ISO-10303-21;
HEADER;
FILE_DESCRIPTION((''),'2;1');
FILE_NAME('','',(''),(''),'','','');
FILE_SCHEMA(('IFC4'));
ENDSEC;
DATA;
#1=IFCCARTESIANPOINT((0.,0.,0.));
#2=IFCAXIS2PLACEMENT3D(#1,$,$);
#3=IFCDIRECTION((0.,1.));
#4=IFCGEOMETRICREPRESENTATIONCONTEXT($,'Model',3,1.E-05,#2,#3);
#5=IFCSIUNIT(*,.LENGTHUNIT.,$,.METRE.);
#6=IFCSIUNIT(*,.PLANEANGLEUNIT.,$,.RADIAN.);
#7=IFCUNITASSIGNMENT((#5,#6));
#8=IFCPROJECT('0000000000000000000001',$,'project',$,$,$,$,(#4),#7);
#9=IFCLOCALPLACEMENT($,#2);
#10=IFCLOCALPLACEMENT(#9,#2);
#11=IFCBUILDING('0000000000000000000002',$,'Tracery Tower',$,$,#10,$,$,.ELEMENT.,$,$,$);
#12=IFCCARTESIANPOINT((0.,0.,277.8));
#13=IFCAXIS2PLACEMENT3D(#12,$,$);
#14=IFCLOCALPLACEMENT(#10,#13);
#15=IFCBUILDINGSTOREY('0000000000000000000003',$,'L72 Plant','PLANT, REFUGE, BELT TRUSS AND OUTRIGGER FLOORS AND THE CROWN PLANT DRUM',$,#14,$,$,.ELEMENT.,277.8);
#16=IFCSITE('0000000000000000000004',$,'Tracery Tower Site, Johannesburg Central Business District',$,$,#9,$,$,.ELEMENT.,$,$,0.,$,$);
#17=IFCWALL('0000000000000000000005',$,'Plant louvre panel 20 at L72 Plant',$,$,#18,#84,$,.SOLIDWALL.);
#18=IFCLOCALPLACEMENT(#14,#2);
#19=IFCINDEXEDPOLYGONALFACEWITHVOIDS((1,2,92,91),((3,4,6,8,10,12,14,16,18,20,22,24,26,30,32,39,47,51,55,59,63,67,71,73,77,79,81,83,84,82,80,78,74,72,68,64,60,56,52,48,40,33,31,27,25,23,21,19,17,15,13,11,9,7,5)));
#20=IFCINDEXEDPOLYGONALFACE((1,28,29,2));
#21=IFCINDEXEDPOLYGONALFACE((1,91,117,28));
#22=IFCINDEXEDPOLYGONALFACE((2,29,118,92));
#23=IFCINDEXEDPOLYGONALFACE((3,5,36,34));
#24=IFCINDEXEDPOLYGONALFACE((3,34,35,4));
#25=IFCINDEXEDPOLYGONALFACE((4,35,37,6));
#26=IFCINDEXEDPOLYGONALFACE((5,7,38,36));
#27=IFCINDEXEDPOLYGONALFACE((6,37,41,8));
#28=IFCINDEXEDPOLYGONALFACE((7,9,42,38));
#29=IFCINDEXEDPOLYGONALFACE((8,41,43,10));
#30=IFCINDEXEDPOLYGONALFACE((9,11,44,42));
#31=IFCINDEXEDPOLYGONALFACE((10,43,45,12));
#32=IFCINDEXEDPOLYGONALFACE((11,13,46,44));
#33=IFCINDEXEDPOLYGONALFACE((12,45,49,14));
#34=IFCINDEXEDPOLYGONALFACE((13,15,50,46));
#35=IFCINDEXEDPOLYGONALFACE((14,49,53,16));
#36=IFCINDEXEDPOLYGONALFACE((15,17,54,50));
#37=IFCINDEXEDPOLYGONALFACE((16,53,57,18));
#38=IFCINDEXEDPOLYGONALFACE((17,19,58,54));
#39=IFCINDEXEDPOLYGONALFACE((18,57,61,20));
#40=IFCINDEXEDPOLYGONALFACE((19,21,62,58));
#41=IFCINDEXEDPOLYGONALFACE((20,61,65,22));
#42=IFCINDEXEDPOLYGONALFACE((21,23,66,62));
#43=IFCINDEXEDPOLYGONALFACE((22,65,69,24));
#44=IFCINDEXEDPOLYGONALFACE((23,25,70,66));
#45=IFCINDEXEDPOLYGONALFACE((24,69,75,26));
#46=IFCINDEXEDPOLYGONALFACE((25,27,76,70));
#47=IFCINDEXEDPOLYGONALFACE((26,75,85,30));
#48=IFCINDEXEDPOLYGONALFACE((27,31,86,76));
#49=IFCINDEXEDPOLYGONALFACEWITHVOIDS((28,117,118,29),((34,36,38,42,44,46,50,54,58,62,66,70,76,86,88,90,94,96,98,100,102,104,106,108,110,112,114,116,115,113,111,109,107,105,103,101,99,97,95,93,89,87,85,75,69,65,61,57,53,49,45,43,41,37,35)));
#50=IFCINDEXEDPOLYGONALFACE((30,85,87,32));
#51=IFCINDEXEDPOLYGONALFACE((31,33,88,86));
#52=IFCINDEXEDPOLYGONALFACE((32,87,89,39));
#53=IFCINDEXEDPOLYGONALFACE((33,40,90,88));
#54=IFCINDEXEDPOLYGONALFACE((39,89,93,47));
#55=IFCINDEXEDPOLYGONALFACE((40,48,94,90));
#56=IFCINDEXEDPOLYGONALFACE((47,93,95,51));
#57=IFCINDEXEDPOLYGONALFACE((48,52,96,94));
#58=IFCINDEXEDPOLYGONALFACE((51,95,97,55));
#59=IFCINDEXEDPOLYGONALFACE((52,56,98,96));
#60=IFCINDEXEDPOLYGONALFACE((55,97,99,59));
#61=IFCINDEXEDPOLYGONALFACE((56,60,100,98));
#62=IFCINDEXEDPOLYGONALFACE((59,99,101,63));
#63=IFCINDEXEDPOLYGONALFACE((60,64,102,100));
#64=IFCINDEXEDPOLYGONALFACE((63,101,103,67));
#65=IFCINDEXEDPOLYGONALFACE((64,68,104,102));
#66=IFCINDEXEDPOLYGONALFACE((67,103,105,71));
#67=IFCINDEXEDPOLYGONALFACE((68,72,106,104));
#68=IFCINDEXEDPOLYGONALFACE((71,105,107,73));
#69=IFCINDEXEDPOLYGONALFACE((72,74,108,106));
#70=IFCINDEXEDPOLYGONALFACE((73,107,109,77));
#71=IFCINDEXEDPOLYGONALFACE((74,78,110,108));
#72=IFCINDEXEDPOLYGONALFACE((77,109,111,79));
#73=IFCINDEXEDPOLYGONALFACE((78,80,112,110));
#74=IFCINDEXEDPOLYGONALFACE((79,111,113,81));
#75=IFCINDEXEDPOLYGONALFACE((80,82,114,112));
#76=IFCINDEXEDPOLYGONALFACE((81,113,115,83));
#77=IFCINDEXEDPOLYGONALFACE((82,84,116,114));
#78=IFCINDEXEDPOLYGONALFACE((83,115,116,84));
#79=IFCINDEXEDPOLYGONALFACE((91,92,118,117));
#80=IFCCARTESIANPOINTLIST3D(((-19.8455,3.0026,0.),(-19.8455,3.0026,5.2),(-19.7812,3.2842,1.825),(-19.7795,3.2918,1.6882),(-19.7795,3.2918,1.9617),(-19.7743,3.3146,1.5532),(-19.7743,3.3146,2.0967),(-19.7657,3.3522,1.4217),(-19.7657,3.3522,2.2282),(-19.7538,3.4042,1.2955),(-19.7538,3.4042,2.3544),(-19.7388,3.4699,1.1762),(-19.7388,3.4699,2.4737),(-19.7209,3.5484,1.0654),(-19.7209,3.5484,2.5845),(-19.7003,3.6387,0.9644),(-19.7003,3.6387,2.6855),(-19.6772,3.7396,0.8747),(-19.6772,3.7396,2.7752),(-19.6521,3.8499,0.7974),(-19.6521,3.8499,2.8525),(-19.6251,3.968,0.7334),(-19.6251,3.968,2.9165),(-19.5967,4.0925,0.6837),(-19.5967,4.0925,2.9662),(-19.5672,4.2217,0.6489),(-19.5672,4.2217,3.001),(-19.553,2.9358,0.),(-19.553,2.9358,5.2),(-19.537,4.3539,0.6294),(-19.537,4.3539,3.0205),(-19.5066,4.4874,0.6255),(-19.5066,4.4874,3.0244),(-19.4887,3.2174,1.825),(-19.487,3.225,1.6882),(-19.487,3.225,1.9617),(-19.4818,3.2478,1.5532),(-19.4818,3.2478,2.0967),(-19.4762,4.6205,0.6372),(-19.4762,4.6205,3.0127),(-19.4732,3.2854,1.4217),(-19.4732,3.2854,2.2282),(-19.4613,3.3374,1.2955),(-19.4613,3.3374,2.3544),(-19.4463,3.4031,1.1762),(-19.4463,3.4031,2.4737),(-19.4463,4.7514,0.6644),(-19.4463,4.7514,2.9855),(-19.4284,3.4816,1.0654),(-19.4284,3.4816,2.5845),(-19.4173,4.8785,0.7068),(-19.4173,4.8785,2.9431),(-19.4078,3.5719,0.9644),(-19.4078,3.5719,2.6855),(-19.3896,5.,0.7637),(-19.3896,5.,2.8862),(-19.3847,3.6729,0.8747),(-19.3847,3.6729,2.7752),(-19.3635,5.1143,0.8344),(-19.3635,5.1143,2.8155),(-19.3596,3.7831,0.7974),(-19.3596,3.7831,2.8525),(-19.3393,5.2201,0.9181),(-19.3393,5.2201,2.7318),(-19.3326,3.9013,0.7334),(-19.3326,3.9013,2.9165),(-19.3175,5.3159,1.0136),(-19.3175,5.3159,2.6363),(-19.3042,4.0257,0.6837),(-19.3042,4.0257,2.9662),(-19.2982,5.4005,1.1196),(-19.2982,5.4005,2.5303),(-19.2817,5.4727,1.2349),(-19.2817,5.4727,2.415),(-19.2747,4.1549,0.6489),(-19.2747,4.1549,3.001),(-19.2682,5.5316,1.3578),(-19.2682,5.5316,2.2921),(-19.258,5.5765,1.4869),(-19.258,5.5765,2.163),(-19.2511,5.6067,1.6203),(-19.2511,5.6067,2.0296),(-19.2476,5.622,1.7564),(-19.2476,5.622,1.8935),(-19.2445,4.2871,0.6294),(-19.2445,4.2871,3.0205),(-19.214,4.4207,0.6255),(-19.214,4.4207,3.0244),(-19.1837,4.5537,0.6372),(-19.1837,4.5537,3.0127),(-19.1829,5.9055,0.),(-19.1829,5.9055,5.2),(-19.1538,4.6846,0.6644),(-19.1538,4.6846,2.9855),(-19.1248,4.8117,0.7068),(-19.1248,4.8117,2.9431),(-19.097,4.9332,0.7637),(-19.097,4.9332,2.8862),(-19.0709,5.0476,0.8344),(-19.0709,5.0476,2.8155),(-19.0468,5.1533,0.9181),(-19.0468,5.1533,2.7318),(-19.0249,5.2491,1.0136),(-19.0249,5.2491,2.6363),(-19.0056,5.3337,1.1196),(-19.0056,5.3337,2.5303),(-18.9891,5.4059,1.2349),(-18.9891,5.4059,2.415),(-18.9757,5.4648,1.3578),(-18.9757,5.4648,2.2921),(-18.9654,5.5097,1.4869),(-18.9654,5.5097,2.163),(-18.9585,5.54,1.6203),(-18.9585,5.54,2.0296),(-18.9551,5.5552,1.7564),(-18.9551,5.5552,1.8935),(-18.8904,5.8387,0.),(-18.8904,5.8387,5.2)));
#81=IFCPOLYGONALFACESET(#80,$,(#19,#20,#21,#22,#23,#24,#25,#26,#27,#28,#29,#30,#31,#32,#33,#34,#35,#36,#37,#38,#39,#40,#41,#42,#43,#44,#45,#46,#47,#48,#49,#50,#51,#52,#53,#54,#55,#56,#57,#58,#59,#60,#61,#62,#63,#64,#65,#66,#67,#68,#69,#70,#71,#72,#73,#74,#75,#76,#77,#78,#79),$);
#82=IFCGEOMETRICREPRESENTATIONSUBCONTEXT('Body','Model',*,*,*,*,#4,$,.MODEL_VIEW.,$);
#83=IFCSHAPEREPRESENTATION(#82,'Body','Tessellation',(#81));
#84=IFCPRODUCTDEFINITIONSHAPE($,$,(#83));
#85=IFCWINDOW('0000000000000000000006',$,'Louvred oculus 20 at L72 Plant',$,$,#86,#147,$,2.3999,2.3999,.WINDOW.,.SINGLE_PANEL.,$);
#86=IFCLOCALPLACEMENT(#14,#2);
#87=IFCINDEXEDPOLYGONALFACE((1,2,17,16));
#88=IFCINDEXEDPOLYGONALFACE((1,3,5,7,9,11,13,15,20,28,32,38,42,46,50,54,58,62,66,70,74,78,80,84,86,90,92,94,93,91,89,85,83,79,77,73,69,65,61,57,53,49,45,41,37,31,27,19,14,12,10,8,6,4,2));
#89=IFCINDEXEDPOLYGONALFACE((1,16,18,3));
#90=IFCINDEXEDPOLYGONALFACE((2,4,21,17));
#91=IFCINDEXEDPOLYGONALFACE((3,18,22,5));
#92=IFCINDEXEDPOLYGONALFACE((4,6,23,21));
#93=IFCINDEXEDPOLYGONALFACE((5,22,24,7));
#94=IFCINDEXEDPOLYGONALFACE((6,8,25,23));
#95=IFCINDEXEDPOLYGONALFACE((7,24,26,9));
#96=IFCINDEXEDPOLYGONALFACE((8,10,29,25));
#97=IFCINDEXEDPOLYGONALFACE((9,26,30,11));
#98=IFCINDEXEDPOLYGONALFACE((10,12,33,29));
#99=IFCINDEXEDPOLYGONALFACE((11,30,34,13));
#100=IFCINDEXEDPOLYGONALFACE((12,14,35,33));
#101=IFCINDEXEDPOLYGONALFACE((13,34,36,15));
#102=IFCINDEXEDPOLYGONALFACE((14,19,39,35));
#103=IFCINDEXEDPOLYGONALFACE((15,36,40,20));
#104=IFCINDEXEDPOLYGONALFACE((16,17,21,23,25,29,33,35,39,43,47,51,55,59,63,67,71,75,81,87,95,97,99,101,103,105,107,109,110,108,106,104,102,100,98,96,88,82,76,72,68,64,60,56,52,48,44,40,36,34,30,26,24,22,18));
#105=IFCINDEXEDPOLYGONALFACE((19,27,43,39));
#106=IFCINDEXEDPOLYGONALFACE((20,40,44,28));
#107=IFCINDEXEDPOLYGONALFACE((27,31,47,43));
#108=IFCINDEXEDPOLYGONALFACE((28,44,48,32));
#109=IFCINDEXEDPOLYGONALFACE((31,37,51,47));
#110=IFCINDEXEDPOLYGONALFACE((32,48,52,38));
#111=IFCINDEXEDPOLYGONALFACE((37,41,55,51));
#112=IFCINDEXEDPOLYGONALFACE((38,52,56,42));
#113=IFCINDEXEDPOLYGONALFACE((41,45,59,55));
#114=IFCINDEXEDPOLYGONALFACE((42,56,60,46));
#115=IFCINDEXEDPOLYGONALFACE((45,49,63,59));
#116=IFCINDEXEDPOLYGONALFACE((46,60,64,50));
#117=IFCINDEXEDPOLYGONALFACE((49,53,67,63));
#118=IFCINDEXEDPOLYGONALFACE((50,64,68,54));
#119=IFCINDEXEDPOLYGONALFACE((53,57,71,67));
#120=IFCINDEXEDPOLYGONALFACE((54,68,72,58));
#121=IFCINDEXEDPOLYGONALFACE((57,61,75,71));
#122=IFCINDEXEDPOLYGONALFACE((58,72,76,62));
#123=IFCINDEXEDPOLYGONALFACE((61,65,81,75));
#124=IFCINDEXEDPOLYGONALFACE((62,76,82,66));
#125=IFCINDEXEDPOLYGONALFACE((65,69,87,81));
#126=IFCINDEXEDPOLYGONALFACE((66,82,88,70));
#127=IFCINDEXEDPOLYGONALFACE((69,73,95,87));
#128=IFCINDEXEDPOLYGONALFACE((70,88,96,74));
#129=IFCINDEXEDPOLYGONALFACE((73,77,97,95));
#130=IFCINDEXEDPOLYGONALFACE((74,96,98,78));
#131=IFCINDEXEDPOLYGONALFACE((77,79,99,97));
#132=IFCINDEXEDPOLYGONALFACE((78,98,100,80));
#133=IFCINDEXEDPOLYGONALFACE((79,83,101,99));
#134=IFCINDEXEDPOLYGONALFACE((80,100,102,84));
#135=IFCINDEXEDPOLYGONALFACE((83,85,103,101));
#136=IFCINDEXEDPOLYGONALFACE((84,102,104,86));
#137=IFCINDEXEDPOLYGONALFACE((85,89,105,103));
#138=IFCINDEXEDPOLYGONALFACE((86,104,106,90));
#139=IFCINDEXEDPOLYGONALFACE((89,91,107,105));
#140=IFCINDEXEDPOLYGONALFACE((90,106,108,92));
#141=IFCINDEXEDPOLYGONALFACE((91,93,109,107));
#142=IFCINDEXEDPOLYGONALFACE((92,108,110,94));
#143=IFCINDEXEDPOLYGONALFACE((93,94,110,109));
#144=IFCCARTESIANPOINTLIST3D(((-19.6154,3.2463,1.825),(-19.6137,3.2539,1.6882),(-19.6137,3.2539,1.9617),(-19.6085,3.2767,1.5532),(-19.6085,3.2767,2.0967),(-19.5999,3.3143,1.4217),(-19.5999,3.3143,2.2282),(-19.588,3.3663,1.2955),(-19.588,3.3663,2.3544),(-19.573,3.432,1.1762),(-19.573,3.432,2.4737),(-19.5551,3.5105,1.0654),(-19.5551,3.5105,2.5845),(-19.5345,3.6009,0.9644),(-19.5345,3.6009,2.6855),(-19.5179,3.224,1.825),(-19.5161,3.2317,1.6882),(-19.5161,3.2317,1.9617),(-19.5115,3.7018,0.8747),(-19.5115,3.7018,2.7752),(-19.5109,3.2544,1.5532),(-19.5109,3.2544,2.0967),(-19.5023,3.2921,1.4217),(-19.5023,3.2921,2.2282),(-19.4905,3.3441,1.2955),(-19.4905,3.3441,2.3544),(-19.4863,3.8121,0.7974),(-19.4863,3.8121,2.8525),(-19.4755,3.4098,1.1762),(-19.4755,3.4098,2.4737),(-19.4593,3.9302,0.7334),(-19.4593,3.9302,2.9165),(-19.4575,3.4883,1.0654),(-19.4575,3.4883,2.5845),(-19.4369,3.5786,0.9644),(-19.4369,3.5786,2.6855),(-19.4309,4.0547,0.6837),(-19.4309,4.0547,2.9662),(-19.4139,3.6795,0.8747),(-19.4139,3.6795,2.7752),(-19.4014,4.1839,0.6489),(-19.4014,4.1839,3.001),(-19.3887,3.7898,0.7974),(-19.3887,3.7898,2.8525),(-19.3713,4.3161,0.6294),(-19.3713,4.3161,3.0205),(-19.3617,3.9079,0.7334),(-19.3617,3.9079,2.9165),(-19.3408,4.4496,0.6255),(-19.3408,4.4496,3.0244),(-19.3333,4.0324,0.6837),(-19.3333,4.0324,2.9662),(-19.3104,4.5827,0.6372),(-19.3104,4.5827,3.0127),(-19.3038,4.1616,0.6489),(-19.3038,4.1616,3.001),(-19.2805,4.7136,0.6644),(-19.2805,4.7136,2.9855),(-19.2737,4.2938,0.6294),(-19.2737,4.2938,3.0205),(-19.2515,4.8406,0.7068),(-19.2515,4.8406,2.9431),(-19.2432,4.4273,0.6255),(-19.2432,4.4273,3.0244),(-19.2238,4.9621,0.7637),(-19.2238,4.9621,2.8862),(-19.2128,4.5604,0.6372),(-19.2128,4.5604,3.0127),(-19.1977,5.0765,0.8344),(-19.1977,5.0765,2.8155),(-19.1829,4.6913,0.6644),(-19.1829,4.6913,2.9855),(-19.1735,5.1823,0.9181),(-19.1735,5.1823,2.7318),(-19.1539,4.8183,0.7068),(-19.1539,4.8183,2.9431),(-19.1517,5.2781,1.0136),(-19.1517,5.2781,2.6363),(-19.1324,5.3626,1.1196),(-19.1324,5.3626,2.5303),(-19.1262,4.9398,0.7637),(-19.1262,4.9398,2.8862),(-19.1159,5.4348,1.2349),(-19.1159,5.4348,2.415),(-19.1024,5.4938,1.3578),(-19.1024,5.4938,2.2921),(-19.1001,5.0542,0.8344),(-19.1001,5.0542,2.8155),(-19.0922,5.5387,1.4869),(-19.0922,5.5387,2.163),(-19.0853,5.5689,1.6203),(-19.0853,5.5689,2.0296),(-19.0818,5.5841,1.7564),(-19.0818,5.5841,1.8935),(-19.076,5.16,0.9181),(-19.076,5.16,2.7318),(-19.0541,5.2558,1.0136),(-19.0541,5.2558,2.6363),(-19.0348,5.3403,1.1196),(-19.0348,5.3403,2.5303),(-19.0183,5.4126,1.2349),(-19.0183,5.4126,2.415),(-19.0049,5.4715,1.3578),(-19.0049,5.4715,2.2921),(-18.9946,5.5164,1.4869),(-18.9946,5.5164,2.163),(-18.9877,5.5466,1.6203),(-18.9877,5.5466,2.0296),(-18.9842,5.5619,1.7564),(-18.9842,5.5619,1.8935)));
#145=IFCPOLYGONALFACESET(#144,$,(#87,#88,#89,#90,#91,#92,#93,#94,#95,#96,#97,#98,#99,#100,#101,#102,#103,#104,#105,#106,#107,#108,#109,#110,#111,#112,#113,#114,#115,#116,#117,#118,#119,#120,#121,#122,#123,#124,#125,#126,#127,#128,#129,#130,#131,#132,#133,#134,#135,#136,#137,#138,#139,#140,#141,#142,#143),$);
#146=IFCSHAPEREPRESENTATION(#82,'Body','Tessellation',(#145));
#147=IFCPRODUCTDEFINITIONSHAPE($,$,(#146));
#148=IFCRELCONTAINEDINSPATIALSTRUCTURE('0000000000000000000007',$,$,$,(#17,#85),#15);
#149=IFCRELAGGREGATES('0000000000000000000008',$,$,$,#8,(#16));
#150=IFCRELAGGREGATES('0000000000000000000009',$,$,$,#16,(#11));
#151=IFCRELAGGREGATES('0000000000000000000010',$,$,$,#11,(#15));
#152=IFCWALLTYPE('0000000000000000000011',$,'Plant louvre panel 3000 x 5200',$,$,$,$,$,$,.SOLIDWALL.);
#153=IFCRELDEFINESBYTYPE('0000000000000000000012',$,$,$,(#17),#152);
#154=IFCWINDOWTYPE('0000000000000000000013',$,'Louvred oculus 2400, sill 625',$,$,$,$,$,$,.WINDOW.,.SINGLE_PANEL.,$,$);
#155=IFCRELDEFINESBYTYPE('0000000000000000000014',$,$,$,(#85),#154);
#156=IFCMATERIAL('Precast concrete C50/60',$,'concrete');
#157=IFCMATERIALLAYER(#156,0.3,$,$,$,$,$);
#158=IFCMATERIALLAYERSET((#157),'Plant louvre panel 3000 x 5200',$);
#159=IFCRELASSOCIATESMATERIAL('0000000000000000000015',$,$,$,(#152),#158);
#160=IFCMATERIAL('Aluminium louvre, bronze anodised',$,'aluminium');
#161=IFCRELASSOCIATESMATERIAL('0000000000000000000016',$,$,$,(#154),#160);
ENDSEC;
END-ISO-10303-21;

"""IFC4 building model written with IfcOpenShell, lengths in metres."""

from ifc_helpers import new_model, si_unit, direction, frame, frame_2d, origin, origin_2d, place, context, subcontext, project, spatial, rectangle, circle, extrude, material, layer, layer_set, type_object, element, fill, save


model = new_model("IFC4")

# Units and contexts
model_context = context("Model", 3, precision=1e-05, world=origin(), true_north=direction((0.0, 1.0)))
body_context = subcontext(model_context, "Body", "Model", "MODEL_VIEW")
ifc_project = project(units=[si_unit("LENGTHUNIT", "METRE"), si_unit("PLANEANGLEUNIT", "RADIAN")], contexts=[model_context])

# Site, building, storey
site_placement = place(None, origin())
site = spatial("IfcSite", under=ifc_project, at=site_placement, Name="Tracery Tower Site, Johannesburg Central Business District", CompositionType="ELEMENT", RefElevation=0.0)
building_placement = place(site_placement, origin())
building = spatial("IfcBuilding", under=site, at=building_placement, Name="Tracery Tower", CompositionType="ELEMENT")
storey_placement = place(building_placement, frame((0.0, 0.0, 277.8)))
storey = spatial("IfcBuildingStorey", under=building, at=storey_placement, Name="L72 Plant", Description="PLANT, REFUGE, BELT TRUSS AND OUTRIGGER FLOORS AND THE CROWN PLANT DRUM", CompositionType="ELEMENT", Elevation=277.8)

# Wall, opening, window
ifc_material_1 = material(Name="Precast concrete C50/60", Category="concrete")
ifc_layer_1 = layer(ifc_material_1, 0.3)
ifc_layer_set_1 = layer_set([ifc_layer_1], Name="Plant louvre panel 3000 x 5200")
wall_type_1 = type_object("IfcWallType", Name="Plant louvre panel 3000 x 5200", PredefinedType="SOLIDWALL", material=ifc_layer_set_1)
wall_1_placement = place(storey_placement, frame((-19.0366, 5.8721, 0.0), z_axis=(0.0, 0.0, 1.0), x_axis=(-0.222535, -0.974925, 0.0)))
wall_1 = element("IfcWall", 1, at=wall_1_placement, inside=storey, type_object=wall_type_1, Name="Plant louvre panel 20 at L72 Plant", PredefinedType="SOLIDWALL", context=body_context, shape_type="SweptSolid", body=[
    extrude(rectangle(XDim=2.9775, YDim=0.3, at=frame_2d((1.4888, 0.0))), origin(), (0.0, 0.0, 1.0), 5.2),
])
opening_1_placement = place(wall_1_placement, frame((1.4888, 0.0, 1.825)))
opening_1 = element("IfcOpeningElement", 2, at=opening_1_placement, cuts=wall_1, PredefinedType="OPENING", context=body_context, shape_type="SweptSolid", body=[
    extrude(circle(Radius=1.2, at=origin_2d()), frame((0.0, 0.1599, 0.0), z_axis=(0.0, -1.0, 0.0), x_axis=(1.0, 0.0, 0.0)), (0.0, 0.0, 1.0), 0.3201),
])
ifc_material_2 = material(Name="Aluminium louvre, bronze anodised", Category="aluminium")
window_type = type_object("IfcWindowType", Name="Louvred oculus 2400, sill 625", PartitioningType="SINGLE_PANEL", PredefinedType="WINDOW", material=ifc_material_2)
window_1_placement = place(opening_1_placement, origin())
window_1 = element("IfcWindow", 3, at=window_1_placement, inside=storey, type_object=window_type, Name="Louvred oculus 20 at L72 Plant", OverallHeight=2.3999, OverallWidth=2.3999, PartitioningType="SINGLE_PANEL", PredefinedType="WINDOW", context=body_context, shape_type="SweptSolid", body=[
    extrude(circle(Radius=1.2, at=origin_2d()), frame((0.0, 0.1201, 0.0), z_axis=(0.0, -1.0, 0.0), x_axis=(1.0, 0.0, 0.0)), (0.0, 0.0, 1.0), 0.1001),
])
fill(opening_1, window_1)

save(model, "model.ifc")
